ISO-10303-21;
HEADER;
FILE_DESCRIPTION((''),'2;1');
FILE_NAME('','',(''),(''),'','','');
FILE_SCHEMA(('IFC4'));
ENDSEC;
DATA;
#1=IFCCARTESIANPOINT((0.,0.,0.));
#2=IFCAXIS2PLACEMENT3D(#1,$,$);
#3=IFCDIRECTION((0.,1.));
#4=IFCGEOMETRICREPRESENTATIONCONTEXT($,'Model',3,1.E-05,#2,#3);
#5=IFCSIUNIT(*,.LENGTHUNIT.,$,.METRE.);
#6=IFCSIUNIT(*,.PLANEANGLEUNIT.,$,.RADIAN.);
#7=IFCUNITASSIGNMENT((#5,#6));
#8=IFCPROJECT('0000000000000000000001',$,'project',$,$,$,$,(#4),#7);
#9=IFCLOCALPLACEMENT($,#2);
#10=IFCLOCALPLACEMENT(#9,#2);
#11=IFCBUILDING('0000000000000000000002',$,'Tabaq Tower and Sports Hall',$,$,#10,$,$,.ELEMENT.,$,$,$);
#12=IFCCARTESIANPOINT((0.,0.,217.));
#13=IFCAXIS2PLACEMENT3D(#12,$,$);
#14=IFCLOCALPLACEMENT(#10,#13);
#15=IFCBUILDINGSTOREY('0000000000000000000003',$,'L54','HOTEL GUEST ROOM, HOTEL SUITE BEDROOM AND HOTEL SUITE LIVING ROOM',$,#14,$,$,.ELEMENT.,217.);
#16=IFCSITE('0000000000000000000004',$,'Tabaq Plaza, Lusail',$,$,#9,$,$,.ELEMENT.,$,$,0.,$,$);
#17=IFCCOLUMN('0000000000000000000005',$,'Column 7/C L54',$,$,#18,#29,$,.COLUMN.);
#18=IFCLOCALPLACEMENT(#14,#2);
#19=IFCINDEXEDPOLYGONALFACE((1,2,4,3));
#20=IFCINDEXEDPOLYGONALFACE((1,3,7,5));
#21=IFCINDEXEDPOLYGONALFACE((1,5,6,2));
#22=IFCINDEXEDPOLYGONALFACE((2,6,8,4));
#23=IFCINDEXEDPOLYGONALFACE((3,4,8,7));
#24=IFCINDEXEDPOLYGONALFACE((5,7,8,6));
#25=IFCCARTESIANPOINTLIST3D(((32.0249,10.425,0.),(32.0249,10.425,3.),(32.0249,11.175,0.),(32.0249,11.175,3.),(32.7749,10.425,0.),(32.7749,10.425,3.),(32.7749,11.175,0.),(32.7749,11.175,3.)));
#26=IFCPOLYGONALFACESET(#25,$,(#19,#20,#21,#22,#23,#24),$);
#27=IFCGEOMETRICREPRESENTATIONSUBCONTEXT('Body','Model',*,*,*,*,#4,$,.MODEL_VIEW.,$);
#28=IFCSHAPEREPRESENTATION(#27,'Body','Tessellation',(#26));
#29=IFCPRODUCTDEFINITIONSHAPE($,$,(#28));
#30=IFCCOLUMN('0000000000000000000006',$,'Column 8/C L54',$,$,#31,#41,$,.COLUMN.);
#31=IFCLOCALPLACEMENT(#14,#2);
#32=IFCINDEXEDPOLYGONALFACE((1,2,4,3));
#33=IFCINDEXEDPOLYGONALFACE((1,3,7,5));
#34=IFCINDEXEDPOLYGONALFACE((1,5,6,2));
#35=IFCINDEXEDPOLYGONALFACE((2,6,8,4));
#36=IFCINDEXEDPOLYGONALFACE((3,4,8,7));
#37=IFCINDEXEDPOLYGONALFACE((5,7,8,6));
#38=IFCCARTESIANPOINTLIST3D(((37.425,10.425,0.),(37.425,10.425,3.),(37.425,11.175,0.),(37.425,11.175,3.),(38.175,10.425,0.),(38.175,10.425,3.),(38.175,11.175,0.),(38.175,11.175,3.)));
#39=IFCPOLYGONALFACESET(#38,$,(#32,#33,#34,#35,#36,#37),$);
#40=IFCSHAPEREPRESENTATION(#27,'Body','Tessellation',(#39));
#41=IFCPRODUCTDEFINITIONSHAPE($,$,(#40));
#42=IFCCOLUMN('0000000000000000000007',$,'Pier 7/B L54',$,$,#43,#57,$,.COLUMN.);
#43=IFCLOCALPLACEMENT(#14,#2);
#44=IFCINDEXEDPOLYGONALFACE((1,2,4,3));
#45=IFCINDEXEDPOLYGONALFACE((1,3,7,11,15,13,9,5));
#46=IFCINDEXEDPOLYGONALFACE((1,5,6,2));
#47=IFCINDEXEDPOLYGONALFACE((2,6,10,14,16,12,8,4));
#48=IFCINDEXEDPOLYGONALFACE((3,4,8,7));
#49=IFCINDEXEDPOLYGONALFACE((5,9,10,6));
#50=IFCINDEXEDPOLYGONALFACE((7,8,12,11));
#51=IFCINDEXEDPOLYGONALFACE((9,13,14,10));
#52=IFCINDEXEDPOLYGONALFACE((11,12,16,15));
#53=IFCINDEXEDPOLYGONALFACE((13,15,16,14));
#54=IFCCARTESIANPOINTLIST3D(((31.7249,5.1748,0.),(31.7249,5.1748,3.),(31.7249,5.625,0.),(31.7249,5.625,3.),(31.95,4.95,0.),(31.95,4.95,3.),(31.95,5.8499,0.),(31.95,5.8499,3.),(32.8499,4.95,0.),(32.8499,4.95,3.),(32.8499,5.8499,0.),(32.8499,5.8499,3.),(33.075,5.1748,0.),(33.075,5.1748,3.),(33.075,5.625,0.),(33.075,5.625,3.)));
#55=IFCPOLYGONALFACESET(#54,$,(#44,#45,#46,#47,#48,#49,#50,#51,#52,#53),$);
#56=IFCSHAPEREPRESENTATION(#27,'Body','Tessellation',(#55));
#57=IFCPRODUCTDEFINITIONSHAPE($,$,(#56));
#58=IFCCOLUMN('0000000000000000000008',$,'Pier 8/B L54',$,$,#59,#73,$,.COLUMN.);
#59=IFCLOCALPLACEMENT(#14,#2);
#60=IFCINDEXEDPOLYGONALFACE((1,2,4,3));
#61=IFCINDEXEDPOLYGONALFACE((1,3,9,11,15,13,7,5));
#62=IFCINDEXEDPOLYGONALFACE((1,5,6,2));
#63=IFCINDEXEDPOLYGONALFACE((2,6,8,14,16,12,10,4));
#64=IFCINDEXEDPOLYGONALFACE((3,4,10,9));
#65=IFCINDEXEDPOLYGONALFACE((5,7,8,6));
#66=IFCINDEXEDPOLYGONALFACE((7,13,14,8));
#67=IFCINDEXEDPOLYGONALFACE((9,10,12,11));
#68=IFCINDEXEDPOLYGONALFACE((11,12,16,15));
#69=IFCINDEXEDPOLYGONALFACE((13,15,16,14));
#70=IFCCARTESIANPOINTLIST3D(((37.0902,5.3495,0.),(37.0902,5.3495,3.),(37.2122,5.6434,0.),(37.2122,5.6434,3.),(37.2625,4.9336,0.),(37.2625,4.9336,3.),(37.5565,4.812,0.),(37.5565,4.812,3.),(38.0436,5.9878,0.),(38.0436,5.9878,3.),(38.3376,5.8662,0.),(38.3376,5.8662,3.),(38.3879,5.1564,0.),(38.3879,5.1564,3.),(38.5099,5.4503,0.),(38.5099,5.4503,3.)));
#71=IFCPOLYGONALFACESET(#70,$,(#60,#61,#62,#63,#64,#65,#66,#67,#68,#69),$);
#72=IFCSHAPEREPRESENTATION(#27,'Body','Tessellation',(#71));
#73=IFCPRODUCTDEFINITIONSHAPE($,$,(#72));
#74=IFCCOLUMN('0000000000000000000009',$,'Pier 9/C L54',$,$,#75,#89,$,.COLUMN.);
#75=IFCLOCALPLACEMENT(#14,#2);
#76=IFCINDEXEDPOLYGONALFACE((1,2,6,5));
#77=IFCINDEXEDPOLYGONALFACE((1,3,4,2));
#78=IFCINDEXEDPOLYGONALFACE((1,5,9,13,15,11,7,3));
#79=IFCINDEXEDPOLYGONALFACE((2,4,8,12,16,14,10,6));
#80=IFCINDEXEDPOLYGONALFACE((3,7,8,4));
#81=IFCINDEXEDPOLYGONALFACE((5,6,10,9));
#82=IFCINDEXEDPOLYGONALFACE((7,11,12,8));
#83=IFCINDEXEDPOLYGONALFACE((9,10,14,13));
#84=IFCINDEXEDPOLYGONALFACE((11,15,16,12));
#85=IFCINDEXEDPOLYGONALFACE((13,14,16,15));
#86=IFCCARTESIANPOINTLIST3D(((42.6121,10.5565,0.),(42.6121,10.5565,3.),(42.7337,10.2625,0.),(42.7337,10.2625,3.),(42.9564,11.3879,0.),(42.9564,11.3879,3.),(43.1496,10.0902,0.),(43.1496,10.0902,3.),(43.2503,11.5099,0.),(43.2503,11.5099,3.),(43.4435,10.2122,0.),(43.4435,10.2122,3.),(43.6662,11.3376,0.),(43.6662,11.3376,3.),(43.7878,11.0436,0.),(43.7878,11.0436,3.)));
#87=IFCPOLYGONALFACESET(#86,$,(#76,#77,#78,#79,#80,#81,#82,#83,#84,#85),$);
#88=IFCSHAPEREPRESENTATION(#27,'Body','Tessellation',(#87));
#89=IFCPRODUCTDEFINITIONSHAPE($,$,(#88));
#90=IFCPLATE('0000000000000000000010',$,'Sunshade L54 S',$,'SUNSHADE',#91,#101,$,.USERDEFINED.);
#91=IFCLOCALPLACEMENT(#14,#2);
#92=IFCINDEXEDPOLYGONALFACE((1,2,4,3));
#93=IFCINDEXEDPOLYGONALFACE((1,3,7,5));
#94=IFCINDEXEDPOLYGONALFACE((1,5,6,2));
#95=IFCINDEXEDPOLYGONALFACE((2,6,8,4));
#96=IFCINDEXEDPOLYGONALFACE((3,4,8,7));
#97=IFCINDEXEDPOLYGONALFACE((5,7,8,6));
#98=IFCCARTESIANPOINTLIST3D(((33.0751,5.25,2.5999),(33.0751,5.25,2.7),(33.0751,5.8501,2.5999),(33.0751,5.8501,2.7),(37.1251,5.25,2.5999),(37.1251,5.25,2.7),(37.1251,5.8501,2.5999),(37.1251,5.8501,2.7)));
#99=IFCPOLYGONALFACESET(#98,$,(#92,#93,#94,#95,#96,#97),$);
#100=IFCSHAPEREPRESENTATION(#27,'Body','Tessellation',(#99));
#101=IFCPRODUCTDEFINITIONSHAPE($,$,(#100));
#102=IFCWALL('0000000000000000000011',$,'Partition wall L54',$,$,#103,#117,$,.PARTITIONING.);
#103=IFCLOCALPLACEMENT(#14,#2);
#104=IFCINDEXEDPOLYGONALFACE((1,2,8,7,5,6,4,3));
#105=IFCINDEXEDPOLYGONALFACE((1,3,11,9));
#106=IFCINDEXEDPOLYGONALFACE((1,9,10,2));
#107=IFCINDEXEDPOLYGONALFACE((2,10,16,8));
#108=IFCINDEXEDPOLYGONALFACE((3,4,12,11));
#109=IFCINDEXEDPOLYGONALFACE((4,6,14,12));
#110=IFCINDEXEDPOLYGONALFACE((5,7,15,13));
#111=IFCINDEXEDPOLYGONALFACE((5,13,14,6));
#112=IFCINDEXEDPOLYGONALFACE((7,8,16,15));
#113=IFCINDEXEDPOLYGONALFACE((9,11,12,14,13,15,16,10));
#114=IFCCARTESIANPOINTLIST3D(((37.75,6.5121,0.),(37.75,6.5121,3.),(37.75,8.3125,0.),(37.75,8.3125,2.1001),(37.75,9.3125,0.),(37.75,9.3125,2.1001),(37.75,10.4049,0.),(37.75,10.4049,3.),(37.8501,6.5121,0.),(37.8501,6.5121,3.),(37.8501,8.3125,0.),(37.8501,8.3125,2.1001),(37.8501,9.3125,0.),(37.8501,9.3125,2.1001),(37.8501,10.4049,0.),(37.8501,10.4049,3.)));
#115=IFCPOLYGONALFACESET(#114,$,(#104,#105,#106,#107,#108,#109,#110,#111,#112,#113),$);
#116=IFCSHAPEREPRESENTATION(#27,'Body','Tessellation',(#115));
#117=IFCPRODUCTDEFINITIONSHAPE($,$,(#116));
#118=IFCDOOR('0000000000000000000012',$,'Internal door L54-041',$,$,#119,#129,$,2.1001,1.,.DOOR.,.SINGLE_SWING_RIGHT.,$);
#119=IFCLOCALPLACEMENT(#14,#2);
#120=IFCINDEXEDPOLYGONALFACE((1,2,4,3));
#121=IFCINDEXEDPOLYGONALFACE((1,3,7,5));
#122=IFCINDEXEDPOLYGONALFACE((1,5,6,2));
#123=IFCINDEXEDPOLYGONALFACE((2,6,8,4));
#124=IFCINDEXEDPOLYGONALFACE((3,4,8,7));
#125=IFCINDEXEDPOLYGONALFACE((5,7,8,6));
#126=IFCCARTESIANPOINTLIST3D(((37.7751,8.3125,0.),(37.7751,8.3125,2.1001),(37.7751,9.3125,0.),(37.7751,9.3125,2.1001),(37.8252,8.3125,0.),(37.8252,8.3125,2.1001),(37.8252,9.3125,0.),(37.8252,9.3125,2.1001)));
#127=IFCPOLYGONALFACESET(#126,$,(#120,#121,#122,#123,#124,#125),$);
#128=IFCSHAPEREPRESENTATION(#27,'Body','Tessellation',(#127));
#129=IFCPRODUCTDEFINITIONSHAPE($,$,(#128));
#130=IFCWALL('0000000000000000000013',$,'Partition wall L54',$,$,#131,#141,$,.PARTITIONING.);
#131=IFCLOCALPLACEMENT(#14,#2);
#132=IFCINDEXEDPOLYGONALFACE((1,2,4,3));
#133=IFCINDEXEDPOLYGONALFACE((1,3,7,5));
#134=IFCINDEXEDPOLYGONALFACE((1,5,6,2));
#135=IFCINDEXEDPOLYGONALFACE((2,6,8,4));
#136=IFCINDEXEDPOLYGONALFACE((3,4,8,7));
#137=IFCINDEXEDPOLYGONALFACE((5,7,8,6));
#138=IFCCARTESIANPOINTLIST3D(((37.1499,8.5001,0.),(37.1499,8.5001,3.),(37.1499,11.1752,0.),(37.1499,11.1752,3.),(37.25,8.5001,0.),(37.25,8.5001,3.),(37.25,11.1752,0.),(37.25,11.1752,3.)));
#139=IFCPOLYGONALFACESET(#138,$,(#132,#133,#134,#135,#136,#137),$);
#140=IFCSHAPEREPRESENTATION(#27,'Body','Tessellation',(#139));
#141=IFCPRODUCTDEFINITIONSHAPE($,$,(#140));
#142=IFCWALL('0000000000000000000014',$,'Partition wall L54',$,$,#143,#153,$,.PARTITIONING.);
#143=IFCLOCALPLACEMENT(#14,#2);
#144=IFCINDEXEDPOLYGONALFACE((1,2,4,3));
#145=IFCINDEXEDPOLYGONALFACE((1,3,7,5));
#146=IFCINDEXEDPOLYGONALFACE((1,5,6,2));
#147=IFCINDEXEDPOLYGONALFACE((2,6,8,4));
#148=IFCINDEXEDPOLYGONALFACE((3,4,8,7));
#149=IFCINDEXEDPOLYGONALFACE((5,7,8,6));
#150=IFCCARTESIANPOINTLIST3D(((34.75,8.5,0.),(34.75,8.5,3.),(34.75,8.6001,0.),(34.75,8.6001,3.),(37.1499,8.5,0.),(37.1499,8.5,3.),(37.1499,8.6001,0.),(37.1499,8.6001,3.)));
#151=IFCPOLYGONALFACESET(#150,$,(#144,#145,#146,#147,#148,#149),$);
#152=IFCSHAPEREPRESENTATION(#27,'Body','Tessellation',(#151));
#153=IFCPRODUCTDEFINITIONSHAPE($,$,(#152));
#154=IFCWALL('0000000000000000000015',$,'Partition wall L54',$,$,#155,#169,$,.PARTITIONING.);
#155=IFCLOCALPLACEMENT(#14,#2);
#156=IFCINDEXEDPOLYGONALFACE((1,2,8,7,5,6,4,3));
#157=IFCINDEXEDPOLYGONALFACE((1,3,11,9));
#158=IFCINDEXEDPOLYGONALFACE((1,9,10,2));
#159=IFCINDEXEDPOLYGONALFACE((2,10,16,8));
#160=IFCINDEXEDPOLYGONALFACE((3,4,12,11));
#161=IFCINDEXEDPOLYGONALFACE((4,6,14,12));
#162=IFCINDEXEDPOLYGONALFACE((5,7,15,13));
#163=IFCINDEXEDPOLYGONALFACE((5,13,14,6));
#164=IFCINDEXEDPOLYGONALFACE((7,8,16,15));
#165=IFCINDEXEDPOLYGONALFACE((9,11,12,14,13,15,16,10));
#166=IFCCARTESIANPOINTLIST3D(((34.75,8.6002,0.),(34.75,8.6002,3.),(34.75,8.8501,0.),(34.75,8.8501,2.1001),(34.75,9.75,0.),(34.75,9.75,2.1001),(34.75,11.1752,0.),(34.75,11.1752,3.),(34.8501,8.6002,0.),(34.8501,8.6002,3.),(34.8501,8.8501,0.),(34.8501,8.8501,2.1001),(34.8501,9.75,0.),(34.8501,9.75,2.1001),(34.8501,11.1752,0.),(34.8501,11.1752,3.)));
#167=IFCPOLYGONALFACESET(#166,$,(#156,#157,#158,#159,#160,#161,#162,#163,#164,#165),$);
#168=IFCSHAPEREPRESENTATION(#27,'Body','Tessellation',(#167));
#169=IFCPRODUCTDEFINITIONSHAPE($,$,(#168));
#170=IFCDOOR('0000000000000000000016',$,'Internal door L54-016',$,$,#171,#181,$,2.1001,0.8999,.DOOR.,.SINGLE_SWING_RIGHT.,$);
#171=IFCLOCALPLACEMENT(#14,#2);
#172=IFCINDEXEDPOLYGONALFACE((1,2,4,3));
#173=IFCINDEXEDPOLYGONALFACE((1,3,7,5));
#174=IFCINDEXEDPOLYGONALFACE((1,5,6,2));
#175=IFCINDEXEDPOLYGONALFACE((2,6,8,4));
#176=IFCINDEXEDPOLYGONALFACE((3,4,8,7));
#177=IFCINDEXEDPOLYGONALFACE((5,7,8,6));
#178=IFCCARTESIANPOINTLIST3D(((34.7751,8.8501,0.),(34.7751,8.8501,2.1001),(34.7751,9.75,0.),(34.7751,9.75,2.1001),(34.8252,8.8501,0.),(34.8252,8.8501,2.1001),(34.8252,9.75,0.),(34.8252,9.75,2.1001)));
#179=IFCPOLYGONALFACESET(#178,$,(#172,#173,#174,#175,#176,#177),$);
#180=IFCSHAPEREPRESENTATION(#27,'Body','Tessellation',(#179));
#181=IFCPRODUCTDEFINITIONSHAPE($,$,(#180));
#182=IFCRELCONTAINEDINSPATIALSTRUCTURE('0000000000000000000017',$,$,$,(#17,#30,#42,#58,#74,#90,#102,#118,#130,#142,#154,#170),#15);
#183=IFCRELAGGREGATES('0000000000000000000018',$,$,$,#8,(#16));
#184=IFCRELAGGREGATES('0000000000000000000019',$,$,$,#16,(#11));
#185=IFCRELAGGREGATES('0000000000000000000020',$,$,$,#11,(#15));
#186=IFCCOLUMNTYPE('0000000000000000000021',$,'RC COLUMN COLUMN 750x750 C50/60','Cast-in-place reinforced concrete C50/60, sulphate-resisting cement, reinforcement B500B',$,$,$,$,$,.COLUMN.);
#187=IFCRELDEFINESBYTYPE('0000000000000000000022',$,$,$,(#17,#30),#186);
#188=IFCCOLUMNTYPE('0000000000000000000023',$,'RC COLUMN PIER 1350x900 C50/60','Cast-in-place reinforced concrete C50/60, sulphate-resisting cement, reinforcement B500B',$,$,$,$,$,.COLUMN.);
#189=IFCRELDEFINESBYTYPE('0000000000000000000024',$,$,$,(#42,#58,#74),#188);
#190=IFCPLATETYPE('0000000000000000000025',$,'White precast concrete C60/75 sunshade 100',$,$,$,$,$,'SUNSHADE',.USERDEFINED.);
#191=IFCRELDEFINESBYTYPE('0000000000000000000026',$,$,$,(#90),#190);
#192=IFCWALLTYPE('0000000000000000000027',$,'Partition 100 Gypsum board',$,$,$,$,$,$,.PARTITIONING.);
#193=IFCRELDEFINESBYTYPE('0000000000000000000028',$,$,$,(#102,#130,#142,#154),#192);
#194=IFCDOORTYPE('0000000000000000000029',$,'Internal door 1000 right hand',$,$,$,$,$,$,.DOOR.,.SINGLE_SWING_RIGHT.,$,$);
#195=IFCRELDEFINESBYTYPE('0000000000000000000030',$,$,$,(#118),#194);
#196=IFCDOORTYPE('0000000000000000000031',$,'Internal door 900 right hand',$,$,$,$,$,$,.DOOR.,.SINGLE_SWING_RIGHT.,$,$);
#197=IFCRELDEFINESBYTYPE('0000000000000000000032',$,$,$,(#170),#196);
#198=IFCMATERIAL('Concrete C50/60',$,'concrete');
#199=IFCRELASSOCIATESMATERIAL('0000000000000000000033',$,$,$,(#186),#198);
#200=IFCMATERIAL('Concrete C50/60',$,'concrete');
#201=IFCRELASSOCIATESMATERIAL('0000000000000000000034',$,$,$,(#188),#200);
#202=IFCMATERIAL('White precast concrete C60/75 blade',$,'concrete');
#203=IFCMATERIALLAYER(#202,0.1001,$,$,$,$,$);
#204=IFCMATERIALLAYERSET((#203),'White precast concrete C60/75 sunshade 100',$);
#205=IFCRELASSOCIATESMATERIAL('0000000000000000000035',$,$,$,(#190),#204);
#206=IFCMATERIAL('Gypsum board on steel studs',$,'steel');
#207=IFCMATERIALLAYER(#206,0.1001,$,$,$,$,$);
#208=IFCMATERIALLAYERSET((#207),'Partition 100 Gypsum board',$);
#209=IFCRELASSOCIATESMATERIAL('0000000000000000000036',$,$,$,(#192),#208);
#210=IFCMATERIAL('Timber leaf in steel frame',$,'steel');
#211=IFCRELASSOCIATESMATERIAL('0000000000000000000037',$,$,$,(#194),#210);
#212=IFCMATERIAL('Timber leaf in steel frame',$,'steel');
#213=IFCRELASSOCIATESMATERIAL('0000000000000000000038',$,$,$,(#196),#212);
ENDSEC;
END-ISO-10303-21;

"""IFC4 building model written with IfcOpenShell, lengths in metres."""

from ifc_helpers import new_model, si_unit, direction, frame, frame_2d, origin, origin_2d, place, context, subcontext, project, spatial, polyline, rectangle, outline, extrude, material, layer, layer_set, material_profile, profile_set, type_object, element, fill, save


model = new_model("IFC4")

# Units and contexts
model_context = context("Model", 3, precision=1e-05, world=origin(), true_north=direction((0.0, 1.0)))
body_context = subcontext(model_context, "Body", "Model", "MODEL_VIEW")
ifc_project = project(units=[si_unit("LENGTHUNIT", "METRE"), si_unit("PLANEANGLEUNIT", "RADIAN")], contexts=[model_context])

# Site, building, storey
site_placement = place(None, origin())
site = spatial("IfcSite", under=ifc_project, at=site_placement, Name="Tabaq Plaza, Lusail", CompositionType="ELEMENT", RefElevation=0.0)
building_placement = place(site_placement, origin())
building = spatial("IfcBuilding", under=site, at=building_placement, Name="Tabaq Tower and Sports Hall", CompositionType="ELEMENT")
storey_placement = place(building_placement, frame((0.0, 0.0, 217.0)))
storey = spatial("IfcBuildingStorey", under=building, at=storey_placement, Name="L54", Description="HOTEL GUEST ROOM, HOTEL SUITE BEDROOM AND HOTEL SUITE LIVING ROOM", CompositionType="ELEMENT", Elevation=217.0)

# Columns
ifc_material_1 = material(Name="Concrete C50/60", Category="concrete")
ifc_material_profile_1 = material_profile(ifc_material_1, rectangle(XDim=0.75, YDim=0.75, at=origin_2d()), Name="COLUMN 750x750")
ifc_profile_set_1 = profile_set([ifc_material_profile_1], Name="Concrete C50/60")
column_type_1 = type_object("IfcColumnType", Name="RC COLUMN COLUMN 750x750 C50/60", Description="Cast-in-place reinforced concrete C50/60, sulphate-resisting cement, reinforcement B500B", PredefinedType="COLUMN", material=ifc_profile_set_1)
for number, where, z_axis, x_axis, name in (
    (1, (32.3999, 10.8, 0.0), (0.0, 0.0, 1.0), (1.0, 0.0, 0.0), "Column 7/C L54"),
    (2, (37.8, 10.8, 0.0), (0.0, 0.0, 1.0), (1.0, 0.0, 0.0), "Column 8/C L54"),
):
    element("IfcColumn", number, at=place(storey_placement, frame(where, z_axis=z_axis, x_axis=x_axis)), inside=storey, type_object=column_type_1, Name=name, PredefinedType="COLUMN", context=body_context, shape_type="SweptSolid", body=[
        extrude(rectangle(XDim=0.75, YDim=0.75, at=origin_2d()), origin(), (0.0, 0.0, 1.0), 3.0),
    ])
ifc_material_2 = material(Name="Concrete C50/60", Category="concrete")
ifc_material_profile_2 = material_profile(ifc_material_2, outline(polyline([(-0.45, -0.45), (0.45, -0.45), (0.675, -0.2251), (0.675, 0.2251), (0.45, 0.45), (-0.45, 0.45), (-0.675, 0.2251), (-0.675, -0.2251), (-0.45, -0.45)])), Name="PIER 1350x900")
ifc_profile_set_2 = profile_set([ifc_material_profile_2], Name="Concrete C50/60")
column_type_2 = type_object("IfcColumnType", Name="RC COLUMN PIER 1350x900 C50/60", Description="Cast-in-place reinforced concrete C50/60, sulphate-resisting cement, reinforcement B500B", PredefinedType="COLUMN", material=ifc_profile_set_2)
for number, where, z_axis, x_axis, name in (
    (3, (32.3999, 5.3999, 0.0), (0.0, 0.0, 1.0), (1.0, 0.0, 0.0), "Pier 7/B L54"),
    (4, (37.8, 5.3999, 0.0), (0.0, 0.0, 1.0), (0.92388, 0.382683, 0.0), "Pier 8/B L54"),
    (5, (43.2, 10.8, 0.0), (0.0, 0.0, 1.0), (0.382683, 0.92388, 0.0), "Pier 9/C L54"),
):
    element("IfcColumn", number, at=place(storey_placement, frame(where, z_axis=z_axis, x_axis=x_axis)), inside=storey, type_object=column_type_2, Name=name, PredefinedType="COLUMN", context=body_context, shape_type="SweptSolid", body=[
        extrude(outline(polyline([(-0.45, -0.45), (0.45, -0.45), (0.675, -0.2251), (0.675, 0.2251), (0.45, 0.45), (-0.45, 0.45), (-0.675, 0.2251), (-0.675, -0.2251), (-0.45, -0.45)])), origin(), (0.0, 0.0, 1.0), 3.0),
    ])

# Plate
ifc_material_3 = material(Name="White precast concrete C60/75 blade", Category="concrete")
ifc_layer_1 = layer(ifc_material_3, 0.1001)
ifc_layer_set_1 = layer_set([ifc_layer_1], Name="White precast concrete C60/75 sunshade 100")
plate_type = type_object("IfcPlateType", Name="White precast concrete C60/75 sunshade 100", ElementType="SUNSHADE", PredefinedType="USERDEFINED", material=ifc_layer_set_1)
plate_placement = place(storey_placement, frame((35.1001, 5.55, 2.5999), z_axis=(0.0, 0.0, 1.0), x_axis=(1.0, 0.0, 0.0)))
element("IfcPlate", 6, at=plate_placement, inside=storey, type_object=plate_type, Name="Sunshade L54 S", ObjectType="SUNSHADE", PredefinedType="USERDEFINED", context=body_context, shape_type="SweptSolid", body=[
    extrude(rectangle(XDim=4.05, YDim=0.6001, at=origin_2d()), origin(), (0.0, 0.0, 1.0), 0.1001),
])

# Wall, opening, door
ifc_material_4 = material(Name="Gypsum board on steel studs", Category="steel")
ifc_layer_2 = layer(ifc_material_4, 0.1001)
ifc_layer_set_2 = layer_set([ifc_layer_2], Name="Partition 100 Gypsum board")
wall_type_1 = type_object("IfcWallType", Name="Partition 100 Gypsum board", PredefinedType="PARTITIONING", material=ifc_layer_set_2)
wall_1_placement = place(storey_placement, frame((37.8, 6.5122, 0.0), z_axis=(0.0, 0.0, 1.0), x_axis=(0.0, 1.0, 0.0)))
wall_1 = element("IfcWall", 7, at=wall_1_placement, inside=storey, type_object=wall_type_1, Name="Partition wall L54", PredefinedType="PARTITIONING", context=body_context, shape_type="SweptSolid", body=[
    extrude(rectangle(XDim=3.8928, YDim=0.1001, at=frame_2d((1.9463, 0.0))), origin(), (0.0, 0.0, 1.0), 3.0),
])
opening_1_placement = place(wall_1_placement, frame((1.8003, 0.0, 0.0)))
opening_1 = element("IfcOpeningElement", 8, at=opening_1_placement, cuts=wall_1, PredefinedType="OPENING", context=body_context, shape_type="SweptSolid", body=[
    extrude(rectangle(XDim=1.0, YDim=2.1001, at=frame_2d((0.5, 1.05))), frame((0.0, 0.05, 0.0), z_axis=(0.0, -1.0, 0.0), x_axis=(1.0, 0.0, 0.0)), (0.0, 0.0, 1.0), 0.1001),
])
ifc_material_5 = material(Name="Timber leaf in steel frame", Category="steel")
door_type_1 = type_object("IfcDoorType", Name="Internal door 1000 right hand", OperationType="SINGLE_SWING_RIGHT", PredefinedType="DOOR", material=ifc_material_5)
door_1_placement = place(opening_1_placement, origin())
door_1 = element("IfcDoor", 9, at=door_1_placement, inside=storey, type_object=door_type_1, Name="Internal door L54-041", OperationType="SINGLE_SWING_RIGHT", OverallHeight=2.1001, OverallWidth=1.0, PredefinedType="DOOR", context=body_context, shape_type="SweptSolid", body=[
    extrude(rectangle(XDim=1.0, YDim=2.1001, at=frame_2d((0.5, 1.05))), frame((0.0, 0.0249, 0.0), z_axis=(0.0, -1.0, 0.0), x_axis=(1.0, 0.0, 0.0)), (0.0, 0.0, 1.0), 0.05),
])
fill(opening_1, door_1)

# Walls
wall_2_placement = place(storey_placement, frame((37.2, 11.175, 0.0), z_axis=(0.0, 0.0, 1.0), x_axis=(0.0, -1.0, 0.0)))
element("IfcWall", 10, at=wall_2_placement, inside=storey, type_object=wall_type_1, Name="Partition wall L54", PredefinedType="PARTITIONING", context=body_context, shape_type="SweptSolid", body=[
    extrude(rectangle(XDim=2.675, YDim=0.1001, at=frame_2d((1.3374, 0.0))), origin(), (0.0, 0.0, 1.0), 3.0),
])
wall_3_placement = place(storey_placement, frame((37.1499, 8.55, 0.0), z_axis=(0.0, 0.0, 1.0), x_axis=(-1.0, 0.0, 0.0)))
element("IfcWall", 11, at=wall_3_placement, inside=storey, type_object=wall_type_1, Name="Partition wall L54", PredefinedType="PARTITIONING", context=body_context, shape_type="SweptSolid", body=[
    extrude(rectangle(XDim=2.3999, YDim=0.1001, at=frame_2d((1.2, 0.0))), origin(), (0.0, 0.0, 1.0), 3.0),
])

# Wall, opening, door
wall_4_placement = place(storey_placement, frame((34.8, 8.6001, 0.0), z_axis=(0.0, 0.0, 1.0), x_axis=(0.0, 1.0, 0.0)))
wall_4 = element("IfcWall", 12, at=wall_4_placement, inside=storey, type_object=wall_type_1, Name="Partition wall L54", PredefinedType="PARTITIONING", context=body_context, shape_type="SweptSolid", body=[
    extrude(rectangle(XDim=2.575, YDim=0.1001, at=frame_2d((1.2876, 0.0))), origin(), (0.0, 0.0, 1.0), 3.0),
])
opening_2_placement = place(wall_4_placement, frame((0.25, 0.0, 0.0)))
opening_2 = element("IfcOpeningElement", 13, at=opening_2_placement, cuts=wall_4, PredefinedType="OPENING", context=body_context, shape_type="SweptSolid", body=[
    extrude(rectangle(XDim=0.8999, YDim=2.1001, at=frame_2d((0.45, 1.05))), frame((0.0, 0.05, 0.0), z_axis=(0.0, -1.0, 0.0), x_axis=(1.0, 0.0, 0.0)), (0.0, 0.0, 1.0), 0.1001),
])
ifc_material_6 = material(Name="Timber leaf in steel frame", Category="steel")
door_type_2 = type_object("IfcDoorType", Name="Internal door 900 right hand", OperationType="SINGLE_SWING_RIGHT", PredefinedType="DOOR", material=ifc_material_6)
door_2_placement = place(opening_2_placement, origin())
door_2 = element("IfcDoor", 14, at=door_2_placement, inside=storey, type_object=door_type_2, Name="Internal door L54-016", OperationType="SINGLE_SWING_RIGHT", OverallHeight=2.1001, OverallWidth=0.8999, PredefinedType="DOOR", context=body_context, shape_type="SweptSolid", body=[
    extrude(rectangle(XDim=0.8999, YDim=2.1001, at=frame_2d((0.45, 1.05))), frame((0.0, 0.0249, 0.0), z_axis=(0.0, -1.0, 0.0), x_axis=(1.0, 0.0, 0.0)), (0.0, 0.0, 1.0), 0.05),
])
fill(opening_2, door_2)

save(model, "model.ifc")
